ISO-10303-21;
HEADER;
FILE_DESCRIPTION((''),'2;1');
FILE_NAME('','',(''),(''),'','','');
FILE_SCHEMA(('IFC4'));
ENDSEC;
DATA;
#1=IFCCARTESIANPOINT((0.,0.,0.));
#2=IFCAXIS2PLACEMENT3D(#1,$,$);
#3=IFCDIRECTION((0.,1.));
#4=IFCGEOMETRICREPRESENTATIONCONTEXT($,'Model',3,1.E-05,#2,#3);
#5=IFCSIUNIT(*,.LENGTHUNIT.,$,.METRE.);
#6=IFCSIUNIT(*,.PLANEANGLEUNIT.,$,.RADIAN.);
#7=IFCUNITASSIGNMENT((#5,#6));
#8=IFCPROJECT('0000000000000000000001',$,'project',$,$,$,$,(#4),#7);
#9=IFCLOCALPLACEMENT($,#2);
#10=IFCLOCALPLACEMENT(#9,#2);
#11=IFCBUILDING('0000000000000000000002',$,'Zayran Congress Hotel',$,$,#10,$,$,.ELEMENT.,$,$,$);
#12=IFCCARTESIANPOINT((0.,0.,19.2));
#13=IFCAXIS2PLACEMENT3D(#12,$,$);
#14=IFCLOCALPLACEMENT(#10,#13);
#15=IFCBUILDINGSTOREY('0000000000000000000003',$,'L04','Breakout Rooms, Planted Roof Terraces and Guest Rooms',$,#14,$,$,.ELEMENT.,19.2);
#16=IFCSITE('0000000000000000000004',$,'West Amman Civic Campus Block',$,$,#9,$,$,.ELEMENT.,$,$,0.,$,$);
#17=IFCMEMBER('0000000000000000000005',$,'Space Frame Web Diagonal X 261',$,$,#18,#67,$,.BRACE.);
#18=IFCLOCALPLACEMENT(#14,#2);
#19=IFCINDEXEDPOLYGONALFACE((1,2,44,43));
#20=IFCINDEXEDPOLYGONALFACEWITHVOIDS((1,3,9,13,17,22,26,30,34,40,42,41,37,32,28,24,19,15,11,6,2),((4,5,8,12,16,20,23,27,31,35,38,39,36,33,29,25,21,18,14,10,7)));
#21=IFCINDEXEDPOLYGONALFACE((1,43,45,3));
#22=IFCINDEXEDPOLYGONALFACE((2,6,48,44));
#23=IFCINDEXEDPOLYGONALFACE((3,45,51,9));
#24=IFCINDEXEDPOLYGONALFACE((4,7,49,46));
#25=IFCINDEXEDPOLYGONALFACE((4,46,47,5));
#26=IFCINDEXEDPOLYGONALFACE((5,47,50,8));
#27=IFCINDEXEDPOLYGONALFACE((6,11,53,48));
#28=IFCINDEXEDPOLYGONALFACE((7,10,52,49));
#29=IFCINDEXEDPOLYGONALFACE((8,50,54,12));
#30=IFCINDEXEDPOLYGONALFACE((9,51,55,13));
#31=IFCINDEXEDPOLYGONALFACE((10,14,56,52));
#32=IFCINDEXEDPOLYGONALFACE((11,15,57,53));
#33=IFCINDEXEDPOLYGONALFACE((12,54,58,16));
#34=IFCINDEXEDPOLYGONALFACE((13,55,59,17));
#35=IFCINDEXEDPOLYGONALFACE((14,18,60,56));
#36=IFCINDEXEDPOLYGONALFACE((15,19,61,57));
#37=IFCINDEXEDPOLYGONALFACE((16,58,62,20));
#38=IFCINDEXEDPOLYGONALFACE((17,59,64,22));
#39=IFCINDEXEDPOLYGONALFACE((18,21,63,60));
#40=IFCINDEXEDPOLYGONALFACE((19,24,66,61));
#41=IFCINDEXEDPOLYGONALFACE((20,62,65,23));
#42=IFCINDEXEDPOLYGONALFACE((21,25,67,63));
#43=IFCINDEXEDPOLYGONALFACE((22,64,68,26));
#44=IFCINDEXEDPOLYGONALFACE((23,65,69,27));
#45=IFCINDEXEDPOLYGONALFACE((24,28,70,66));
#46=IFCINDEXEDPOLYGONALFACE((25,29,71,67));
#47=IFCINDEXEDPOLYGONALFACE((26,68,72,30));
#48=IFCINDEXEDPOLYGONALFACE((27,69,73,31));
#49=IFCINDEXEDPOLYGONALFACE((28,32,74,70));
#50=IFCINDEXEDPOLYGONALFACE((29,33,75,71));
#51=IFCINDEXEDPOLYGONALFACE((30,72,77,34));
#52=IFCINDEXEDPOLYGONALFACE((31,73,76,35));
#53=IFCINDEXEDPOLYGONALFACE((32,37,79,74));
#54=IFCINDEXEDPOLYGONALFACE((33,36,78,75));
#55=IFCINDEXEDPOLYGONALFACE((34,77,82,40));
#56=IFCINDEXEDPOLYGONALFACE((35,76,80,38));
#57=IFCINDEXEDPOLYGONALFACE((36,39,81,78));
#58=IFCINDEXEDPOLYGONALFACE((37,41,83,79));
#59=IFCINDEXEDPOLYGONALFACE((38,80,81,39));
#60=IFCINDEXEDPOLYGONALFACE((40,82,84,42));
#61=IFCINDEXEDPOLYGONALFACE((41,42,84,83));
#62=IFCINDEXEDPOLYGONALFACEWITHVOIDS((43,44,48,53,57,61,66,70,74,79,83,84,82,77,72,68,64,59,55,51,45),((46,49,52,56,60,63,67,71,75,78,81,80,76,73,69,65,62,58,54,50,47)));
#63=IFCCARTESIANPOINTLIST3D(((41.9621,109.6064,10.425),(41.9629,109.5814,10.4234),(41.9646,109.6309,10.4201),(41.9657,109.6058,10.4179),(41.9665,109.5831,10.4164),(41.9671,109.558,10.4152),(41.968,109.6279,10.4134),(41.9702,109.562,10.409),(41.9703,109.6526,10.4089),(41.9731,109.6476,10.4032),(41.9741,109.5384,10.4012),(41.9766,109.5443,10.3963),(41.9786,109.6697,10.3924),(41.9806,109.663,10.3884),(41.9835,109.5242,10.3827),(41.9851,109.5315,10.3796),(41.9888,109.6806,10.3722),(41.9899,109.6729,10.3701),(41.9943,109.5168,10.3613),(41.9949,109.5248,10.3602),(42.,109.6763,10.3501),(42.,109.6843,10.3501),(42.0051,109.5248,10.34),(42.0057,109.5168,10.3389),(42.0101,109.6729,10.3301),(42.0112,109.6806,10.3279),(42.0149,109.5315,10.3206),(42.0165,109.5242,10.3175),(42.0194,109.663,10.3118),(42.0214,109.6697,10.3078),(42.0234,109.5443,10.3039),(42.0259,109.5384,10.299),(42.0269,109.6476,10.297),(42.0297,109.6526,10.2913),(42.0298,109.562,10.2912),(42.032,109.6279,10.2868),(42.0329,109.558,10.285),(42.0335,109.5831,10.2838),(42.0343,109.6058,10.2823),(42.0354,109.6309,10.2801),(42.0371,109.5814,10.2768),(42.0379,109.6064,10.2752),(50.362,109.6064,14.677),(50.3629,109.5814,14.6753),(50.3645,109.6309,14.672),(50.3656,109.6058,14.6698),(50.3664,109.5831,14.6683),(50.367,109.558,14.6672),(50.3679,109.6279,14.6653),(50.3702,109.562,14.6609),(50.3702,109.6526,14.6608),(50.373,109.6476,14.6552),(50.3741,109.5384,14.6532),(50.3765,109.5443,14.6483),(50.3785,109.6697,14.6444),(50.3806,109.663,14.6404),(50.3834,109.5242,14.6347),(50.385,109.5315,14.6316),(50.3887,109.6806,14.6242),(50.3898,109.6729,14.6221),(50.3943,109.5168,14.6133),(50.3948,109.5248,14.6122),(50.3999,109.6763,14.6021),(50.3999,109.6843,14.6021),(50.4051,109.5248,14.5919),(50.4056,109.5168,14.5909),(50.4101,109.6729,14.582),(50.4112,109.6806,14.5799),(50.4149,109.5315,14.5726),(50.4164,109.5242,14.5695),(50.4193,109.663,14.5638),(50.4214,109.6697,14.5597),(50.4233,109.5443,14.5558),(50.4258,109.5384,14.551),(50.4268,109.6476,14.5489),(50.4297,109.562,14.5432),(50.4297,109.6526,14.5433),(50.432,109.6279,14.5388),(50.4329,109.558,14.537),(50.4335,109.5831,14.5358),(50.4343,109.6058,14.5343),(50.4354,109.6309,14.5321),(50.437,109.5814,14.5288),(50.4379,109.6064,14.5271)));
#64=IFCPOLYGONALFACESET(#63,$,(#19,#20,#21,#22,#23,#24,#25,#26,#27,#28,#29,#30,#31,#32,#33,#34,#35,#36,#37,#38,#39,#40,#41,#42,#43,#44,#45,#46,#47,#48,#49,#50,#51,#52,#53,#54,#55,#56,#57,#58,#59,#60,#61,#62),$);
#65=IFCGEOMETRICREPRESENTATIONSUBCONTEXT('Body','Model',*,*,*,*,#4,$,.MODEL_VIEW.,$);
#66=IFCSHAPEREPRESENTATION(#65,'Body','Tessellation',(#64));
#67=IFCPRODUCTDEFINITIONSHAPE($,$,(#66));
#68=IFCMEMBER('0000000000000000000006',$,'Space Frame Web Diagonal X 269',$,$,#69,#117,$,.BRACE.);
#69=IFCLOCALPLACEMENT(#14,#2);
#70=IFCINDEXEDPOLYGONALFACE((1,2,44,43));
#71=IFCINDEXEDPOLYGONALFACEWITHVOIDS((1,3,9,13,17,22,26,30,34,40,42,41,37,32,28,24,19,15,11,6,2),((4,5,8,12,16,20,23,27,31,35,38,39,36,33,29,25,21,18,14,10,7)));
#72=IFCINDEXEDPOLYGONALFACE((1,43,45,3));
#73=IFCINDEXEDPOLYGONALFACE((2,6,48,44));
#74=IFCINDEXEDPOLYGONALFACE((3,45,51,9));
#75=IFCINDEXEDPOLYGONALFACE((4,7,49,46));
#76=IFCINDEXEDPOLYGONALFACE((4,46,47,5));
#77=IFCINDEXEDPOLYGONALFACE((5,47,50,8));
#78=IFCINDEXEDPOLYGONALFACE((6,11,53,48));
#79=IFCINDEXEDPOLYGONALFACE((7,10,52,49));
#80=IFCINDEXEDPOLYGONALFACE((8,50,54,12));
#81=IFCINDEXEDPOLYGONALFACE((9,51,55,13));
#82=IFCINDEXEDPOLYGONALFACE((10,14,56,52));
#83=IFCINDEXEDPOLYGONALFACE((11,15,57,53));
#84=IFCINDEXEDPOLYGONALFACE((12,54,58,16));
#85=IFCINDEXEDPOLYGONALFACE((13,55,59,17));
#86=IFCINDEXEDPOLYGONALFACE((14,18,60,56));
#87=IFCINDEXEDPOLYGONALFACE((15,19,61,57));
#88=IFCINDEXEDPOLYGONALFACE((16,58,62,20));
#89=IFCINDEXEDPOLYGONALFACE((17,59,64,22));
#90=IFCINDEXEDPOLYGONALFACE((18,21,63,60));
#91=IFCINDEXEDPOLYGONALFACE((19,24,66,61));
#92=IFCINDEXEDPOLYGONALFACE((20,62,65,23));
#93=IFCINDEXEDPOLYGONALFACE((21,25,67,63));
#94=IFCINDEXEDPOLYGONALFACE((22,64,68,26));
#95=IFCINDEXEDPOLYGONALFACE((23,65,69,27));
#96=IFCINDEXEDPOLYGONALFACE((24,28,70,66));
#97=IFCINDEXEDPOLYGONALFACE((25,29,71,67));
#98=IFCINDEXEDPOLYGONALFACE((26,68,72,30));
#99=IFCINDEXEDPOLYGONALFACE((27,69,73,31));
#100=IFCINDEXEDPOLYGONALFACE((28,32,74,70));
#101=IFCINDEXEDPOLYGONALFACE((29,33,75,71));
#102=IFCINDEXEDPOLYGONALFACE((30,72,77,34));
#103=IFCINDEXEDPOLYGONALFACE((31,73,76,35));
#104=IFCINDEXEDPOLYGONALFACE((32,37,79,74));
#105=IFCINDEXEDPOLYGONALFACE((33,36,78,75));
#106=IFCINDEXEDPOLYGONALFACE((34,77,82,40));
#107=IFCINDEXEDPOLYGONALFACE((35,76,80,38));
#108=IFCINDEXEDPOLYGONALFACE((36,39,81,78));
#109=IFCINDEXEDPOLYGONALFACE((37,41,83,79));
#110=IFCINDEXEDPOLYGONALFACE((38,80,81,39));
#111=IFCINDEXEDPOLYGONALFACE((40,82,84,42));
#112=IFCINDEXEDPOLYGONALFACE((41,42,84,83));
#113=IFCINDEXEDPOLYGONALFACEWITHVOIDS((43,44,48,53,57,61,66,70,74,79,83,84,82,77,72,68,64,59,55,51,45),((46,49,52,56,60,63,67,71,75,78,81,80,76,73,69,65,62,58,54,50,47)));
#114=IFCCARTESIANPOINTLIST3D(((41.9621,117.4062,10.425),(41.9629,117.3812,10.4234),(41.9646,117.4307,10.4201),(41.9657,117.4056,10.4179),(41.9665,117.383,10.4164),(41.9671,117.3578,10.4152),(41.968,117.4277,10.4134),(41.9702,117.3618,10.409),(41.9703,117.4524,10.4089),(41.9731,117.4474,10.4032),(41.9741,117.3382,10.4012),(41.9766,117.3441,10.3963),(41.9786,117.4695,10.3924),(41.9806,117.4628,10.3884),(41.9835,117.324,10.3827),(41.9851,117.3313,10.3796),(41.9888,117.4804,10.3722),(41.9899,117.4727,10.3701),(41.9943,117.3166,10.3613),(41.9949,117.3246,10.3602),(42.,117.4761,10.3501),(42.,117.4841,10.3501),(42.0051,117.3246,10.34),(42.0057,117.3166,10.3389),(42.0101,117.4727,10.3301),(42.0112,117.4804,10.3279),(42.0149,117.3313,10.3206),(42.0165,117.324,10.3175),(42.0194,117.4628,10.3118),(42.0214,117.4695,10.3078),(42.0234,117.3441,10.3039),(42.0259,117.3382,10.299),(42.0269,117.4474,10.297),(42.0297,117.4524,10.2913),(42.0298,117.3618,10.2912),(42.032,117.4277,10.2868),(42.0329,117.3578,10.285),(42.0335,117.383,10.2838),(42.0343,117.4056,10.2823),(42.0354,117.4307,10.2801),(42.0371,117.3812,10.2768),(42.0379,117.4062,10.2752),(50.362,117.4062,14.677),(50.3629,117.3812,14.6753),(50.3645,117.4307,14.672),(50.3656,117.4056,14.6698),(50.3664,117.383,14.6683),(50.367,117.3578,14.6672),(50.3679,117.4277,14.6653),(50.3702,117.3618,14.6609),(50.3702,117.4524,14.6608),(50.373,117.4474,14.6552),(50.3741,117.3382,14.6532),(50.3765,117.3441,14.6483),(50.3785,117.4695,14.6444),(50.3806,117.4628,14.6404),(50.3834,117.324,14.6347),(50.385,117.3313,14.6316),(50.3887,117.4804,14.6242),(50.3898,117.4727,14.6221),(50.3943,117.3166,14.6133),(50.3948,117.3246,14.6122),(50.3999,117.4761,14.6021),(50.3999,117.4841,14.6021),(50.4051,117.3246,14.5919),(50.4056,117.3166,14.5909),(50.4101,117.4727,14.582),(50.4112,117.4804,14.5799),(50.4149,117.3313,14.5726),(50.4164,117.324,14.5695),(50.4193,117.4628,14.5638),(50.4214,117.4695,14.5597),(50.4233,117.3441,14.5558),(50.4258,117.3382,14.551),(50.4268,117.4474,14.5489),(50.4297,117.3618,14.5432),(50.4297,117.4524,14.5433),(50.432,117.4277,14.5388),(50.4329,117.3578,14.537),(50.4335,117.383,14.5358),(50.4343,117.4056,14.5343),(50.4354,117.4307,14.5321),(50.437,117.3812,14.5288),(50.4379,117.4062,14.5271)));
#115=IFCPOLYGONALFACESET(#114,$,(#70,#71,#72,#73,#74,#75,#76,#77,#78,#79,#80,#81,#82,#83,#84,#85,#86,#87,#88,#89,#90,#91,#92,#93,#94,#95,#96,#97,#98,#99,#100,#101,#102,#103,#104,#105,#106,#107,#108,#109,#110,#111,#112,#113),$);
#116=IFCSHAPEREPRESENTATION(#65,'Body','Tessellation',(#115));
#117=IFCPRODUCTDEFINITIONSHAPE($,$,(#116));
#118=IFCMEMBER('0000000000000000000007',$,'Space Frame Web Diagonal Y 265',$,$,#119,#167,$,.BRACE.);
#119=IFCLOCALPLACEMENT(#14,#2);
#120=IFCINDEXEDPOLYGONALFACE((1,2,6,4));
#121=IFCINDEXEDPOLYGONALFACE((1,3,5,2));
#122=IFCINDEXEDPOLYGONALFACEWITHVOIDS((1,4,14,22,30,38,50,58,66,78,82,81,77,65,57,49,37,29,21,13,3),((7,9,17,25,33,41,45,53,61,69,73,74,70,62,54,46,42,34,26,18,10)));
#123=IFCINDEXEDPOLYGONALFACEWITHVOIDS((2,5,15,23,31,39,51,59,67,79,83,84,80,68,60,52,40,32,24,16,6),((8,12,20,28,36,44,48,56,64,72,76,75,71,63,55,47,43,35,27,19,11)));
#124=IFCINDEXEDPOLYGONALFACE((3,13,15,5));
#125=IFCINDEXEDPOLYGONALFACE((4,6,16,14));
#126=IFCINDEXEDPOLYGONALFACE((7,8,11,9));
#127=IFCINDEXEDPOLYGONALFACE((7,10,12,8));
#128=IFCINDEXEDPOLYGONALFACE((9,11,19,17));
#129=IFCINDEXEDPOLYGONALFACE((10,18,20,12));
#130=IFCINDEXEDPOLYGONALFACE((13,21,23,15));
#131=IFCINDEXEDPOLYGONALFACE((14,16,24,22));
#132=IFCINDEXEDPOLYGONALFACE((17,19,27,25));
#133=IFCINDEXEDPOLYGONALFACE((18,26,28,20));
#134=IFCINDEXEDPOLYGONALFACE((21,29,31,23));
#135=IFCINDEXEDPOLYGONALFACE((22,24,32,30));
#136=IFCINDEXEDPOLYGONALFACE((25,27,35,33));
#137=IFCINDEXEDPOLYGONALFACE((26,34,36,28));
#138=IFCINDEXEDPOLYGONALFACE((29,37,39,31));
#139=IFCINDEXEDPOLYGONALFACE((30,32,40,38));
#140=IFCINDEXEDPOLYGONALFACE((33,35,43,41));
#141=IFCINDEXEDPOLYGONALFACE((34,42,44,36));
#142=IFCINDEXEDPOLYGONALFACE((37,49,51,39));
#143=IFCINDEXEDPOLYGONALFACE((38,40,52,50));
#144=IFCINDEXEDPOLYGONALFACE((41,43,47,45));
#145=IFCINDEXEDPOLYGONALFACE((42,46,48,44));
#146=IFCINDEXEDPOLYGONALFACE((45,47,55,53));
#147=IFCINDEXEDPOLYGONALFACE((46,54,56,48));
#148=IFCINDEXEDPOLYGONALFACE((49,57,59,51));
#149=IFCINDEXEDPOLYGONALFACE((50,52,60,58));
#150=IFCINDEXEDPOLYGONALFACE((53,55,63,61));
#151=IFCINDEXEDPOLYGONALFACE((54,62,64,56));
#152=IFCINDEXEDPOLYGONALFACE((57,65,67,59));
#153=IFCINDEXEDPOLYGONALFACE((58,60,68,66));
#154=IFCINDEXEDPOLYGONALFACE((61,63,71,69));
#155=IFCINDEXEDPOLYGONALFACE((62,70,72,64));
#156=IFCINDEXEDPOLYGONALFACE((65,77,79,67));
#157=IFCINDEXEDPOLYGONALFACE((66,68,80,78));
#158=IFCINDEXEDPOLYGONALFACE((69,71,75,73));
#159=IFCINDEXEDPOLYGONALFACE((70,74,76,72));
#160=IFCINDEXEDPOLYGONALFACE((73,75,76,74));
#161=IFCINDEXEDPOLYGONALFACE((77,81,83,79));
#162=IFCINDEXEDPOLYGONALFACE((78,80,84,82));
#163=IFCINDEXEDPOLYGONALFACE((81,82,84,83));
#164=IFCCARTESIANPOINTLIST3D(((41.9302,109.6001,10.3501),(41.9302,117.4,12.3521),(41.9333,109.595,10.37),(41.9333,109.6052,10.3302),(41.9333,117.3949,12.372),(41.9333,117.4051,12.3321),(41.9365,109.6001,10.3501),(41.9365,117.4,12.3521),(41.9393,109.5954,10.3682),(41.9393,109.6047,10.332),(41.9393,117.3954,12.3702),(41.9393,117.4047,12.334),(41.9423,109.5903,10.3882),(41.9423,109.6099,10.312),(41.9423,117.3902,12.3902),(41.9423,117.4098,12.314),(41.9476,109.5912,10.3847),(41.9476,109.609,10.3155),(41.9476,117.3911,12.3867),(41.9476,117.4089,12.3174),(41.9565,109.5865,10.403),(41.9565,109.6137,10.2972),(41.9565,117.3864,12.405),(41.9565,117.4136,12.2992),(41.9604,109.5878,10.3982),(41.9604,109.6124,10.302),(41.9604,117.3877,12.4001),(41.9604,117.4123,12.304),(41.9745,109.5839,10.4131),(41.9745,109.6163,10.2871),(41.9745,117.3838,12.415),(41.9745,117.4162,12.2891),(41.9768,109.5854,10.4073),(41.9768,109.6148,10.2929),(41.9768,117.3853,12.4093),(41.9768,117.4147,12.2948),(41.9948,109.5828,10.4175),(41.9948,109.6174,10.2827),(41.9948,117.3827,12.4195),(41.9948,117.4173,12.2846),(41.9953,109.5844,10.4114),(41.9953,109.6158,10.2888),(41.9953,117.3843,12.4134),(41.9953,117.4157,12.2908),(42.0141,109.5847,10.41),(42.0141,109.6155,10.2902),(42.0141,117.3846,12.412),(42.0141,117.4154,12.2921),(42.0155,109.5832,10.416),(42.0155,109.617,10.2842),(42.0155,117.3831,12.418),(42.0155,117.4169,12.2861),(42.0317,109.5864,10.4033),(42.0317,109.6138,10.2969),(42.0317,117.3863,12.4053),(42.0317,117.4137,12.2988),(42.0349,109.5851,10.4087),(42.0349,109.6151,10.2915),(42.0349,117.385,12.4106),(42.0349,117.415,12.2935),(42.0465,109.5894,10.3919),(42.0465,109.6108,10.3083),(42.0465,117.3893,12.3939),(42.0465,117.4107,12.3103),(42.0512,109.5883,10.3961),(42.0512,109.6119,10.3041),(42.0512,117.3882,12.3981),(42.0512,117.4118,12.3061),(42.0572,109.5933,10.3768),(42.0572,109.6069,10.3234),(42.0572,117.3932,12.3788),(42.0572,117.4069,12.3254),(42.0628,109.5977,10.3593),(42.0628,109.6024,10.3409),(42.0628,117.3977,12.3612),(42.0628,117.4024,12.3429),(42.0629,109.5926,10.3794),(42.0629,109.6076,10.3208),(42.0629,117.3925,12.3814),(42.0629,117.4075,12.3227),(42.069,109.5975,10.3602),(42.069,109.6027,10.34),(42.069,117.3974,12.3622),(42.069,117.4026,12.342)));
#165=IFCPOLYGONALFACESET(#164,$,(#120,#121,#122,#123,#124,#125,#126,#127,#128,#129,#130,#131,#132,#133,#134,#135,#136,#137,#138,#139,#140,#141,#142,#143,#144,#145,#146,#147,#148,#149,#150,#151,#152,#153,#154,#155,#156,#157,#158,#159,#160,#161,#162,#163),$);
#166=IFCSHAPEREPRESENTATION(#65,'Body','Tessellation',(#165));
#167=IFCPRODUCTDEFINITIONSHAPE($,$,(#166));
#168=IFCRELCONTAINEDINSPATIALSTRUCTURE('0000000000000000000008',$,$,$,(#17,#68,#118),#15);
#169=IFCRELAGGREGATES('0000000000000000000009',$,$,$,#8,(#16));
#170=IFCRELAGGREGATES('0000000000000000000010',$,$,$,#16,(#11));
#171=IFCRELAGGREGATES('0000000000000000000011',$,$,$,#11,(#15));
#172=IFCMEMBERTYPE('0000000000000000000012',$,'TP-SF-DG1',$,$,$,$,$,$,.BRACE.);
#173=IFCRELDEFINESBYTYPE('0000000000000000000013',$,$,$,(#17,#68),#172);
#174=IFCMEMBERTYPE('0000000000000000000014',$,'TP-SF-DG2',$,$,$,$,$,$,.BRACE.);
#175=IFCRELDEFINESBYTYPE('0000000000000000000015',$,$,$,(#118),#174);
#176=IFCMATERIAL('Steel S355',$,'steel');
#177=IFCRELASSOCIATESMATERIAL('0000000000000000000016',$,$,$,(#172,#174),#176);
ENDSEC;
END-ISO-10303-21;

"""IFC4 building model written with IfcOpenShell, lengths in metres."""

from ifc_helpers import new_model, si_unit, direction, frame, origin, origin_2d, place, context, subcontext, project, spatial, hollow_circle, extrude, material, material_profile, profile_set, type_object, element, save


model = new_model("IFC4")

# Units and contexts
model_context = context("Model", 3, precision=1e-05, world=origin(), true_north=direction((0.0, 1.0)))
body_context = subcontext(model_context, "Body", "Model", "MODEL_VIEW")
ifc_project = project(units=[si_unit("LENGTHUNIT", "METRE"), si_unit("PLANEANGLEUNIT", "RADIAN")], contexts=[model_context])

# Site, building, storey
site_placement = place(None, origin())
site = spatial("IfcSite", under=ifc_project, at=site_placement, Name="West Amman Civic Campus Block", CompositionType="ELEMENT", RefElevation=0.0)
building_placement = place(site_placement, origin())
building = spatial("IfcBuilding", under=site, at=building_placement, Name="Zayran Congress Hotel", CompositionType="ELEMENT")
storey_placement = place(building_placement, frame((0.0, 0.0, 19.2)))
storey = spatial("IfcBuildingStorey", under=building, at=storey_placement, Name="L04", Description="Breakout Rooms, Planted Roof Terraces and Guest Rooms", CompositionType="ELEMENT", Elevation=19.2)

# Shared definitions
ifc_material_1 = material(Name="Steel S355", Category="steel")

# Members
ifc_material_profile_1 = material_profile(ifc_material_1, hollow_circle(Radius=0.0842, WallThickness=0.0081, at=origin_2d()), Name="CHS 168.3x8")
ifc_profile_set_1 = profile_set([ifc_material_profile_1], Name="Steel S355")
member_type_1 = type_object("IfcMemberType", Name="TP-SF-DG1", PredefinedType="BRACE", material=ifc_profile_set_1)
for number, where, z_axis, x_axis, name in (
    (1, (42.0, 109.6001, 10.3501), (0.892207, 0.0, 0.451627), (0.0, 1.0, 0.0), "Space Frame Web Diagonal X 261"),
    (2, (42.0, 117.3999, 10.3501), (0.892207, 0.0, 0.451627), (0.0, 1.0, 0.0), "Space Frame Web Diagonal X 269"),
):
    element("IfcMember", number, at=place(storey_placement, frame(where, z_axis=z_axis, x_axis=x_axis)), inside=storey, type_object=member_type_1, Name=name, PredefinedType="BRACE", context=body_context, shape_type="SweptSolid", body=[
        extrude(hollow_circle(Radius=0.0842, WallThickness=0.0081, at=origin_2d()), origin(), (0.0, 0.0, 1.0), 9.4148),
    ])
ifc_material_profile_2 = material_profile(ifc_material_1, hollow_circle(Radius=0.0698, WallThickness=0.0063, at=origin_2d()), Name="CHS 139.7x6.3")
ifc_profile_set_2 = profile_set([ifc_material_profile_2], Name="Steel S355")
member_type_2 = type_object("IfcMemberType", Name="TP-SF-DG2", PredefinedType="BRACE", material=ifc_profile_set_2)
member_1_placement = place(storey_placement, frame((42.0, 109.6001, 10.3501), z_axis=(0.0, 0.968604, 0.248609), x_axis=(-1.0, 0.0, 0.0)))
element("IfcMember", 3, at=member_1_placement, inside=storey, type_object=member_type_2, Name="Space Frame Web Diagonal Y 265", PredefinedType="BRACE", context=body_context, shape_type="SweptSolid", body=[
    extrude(hollow_circle(Radius=0.0698, WallThickness=0.0063, at=origin_2d()), origin(), (0.0, 0.0, 1.0), 8.0527),
])

save(model, "model.ifc")
